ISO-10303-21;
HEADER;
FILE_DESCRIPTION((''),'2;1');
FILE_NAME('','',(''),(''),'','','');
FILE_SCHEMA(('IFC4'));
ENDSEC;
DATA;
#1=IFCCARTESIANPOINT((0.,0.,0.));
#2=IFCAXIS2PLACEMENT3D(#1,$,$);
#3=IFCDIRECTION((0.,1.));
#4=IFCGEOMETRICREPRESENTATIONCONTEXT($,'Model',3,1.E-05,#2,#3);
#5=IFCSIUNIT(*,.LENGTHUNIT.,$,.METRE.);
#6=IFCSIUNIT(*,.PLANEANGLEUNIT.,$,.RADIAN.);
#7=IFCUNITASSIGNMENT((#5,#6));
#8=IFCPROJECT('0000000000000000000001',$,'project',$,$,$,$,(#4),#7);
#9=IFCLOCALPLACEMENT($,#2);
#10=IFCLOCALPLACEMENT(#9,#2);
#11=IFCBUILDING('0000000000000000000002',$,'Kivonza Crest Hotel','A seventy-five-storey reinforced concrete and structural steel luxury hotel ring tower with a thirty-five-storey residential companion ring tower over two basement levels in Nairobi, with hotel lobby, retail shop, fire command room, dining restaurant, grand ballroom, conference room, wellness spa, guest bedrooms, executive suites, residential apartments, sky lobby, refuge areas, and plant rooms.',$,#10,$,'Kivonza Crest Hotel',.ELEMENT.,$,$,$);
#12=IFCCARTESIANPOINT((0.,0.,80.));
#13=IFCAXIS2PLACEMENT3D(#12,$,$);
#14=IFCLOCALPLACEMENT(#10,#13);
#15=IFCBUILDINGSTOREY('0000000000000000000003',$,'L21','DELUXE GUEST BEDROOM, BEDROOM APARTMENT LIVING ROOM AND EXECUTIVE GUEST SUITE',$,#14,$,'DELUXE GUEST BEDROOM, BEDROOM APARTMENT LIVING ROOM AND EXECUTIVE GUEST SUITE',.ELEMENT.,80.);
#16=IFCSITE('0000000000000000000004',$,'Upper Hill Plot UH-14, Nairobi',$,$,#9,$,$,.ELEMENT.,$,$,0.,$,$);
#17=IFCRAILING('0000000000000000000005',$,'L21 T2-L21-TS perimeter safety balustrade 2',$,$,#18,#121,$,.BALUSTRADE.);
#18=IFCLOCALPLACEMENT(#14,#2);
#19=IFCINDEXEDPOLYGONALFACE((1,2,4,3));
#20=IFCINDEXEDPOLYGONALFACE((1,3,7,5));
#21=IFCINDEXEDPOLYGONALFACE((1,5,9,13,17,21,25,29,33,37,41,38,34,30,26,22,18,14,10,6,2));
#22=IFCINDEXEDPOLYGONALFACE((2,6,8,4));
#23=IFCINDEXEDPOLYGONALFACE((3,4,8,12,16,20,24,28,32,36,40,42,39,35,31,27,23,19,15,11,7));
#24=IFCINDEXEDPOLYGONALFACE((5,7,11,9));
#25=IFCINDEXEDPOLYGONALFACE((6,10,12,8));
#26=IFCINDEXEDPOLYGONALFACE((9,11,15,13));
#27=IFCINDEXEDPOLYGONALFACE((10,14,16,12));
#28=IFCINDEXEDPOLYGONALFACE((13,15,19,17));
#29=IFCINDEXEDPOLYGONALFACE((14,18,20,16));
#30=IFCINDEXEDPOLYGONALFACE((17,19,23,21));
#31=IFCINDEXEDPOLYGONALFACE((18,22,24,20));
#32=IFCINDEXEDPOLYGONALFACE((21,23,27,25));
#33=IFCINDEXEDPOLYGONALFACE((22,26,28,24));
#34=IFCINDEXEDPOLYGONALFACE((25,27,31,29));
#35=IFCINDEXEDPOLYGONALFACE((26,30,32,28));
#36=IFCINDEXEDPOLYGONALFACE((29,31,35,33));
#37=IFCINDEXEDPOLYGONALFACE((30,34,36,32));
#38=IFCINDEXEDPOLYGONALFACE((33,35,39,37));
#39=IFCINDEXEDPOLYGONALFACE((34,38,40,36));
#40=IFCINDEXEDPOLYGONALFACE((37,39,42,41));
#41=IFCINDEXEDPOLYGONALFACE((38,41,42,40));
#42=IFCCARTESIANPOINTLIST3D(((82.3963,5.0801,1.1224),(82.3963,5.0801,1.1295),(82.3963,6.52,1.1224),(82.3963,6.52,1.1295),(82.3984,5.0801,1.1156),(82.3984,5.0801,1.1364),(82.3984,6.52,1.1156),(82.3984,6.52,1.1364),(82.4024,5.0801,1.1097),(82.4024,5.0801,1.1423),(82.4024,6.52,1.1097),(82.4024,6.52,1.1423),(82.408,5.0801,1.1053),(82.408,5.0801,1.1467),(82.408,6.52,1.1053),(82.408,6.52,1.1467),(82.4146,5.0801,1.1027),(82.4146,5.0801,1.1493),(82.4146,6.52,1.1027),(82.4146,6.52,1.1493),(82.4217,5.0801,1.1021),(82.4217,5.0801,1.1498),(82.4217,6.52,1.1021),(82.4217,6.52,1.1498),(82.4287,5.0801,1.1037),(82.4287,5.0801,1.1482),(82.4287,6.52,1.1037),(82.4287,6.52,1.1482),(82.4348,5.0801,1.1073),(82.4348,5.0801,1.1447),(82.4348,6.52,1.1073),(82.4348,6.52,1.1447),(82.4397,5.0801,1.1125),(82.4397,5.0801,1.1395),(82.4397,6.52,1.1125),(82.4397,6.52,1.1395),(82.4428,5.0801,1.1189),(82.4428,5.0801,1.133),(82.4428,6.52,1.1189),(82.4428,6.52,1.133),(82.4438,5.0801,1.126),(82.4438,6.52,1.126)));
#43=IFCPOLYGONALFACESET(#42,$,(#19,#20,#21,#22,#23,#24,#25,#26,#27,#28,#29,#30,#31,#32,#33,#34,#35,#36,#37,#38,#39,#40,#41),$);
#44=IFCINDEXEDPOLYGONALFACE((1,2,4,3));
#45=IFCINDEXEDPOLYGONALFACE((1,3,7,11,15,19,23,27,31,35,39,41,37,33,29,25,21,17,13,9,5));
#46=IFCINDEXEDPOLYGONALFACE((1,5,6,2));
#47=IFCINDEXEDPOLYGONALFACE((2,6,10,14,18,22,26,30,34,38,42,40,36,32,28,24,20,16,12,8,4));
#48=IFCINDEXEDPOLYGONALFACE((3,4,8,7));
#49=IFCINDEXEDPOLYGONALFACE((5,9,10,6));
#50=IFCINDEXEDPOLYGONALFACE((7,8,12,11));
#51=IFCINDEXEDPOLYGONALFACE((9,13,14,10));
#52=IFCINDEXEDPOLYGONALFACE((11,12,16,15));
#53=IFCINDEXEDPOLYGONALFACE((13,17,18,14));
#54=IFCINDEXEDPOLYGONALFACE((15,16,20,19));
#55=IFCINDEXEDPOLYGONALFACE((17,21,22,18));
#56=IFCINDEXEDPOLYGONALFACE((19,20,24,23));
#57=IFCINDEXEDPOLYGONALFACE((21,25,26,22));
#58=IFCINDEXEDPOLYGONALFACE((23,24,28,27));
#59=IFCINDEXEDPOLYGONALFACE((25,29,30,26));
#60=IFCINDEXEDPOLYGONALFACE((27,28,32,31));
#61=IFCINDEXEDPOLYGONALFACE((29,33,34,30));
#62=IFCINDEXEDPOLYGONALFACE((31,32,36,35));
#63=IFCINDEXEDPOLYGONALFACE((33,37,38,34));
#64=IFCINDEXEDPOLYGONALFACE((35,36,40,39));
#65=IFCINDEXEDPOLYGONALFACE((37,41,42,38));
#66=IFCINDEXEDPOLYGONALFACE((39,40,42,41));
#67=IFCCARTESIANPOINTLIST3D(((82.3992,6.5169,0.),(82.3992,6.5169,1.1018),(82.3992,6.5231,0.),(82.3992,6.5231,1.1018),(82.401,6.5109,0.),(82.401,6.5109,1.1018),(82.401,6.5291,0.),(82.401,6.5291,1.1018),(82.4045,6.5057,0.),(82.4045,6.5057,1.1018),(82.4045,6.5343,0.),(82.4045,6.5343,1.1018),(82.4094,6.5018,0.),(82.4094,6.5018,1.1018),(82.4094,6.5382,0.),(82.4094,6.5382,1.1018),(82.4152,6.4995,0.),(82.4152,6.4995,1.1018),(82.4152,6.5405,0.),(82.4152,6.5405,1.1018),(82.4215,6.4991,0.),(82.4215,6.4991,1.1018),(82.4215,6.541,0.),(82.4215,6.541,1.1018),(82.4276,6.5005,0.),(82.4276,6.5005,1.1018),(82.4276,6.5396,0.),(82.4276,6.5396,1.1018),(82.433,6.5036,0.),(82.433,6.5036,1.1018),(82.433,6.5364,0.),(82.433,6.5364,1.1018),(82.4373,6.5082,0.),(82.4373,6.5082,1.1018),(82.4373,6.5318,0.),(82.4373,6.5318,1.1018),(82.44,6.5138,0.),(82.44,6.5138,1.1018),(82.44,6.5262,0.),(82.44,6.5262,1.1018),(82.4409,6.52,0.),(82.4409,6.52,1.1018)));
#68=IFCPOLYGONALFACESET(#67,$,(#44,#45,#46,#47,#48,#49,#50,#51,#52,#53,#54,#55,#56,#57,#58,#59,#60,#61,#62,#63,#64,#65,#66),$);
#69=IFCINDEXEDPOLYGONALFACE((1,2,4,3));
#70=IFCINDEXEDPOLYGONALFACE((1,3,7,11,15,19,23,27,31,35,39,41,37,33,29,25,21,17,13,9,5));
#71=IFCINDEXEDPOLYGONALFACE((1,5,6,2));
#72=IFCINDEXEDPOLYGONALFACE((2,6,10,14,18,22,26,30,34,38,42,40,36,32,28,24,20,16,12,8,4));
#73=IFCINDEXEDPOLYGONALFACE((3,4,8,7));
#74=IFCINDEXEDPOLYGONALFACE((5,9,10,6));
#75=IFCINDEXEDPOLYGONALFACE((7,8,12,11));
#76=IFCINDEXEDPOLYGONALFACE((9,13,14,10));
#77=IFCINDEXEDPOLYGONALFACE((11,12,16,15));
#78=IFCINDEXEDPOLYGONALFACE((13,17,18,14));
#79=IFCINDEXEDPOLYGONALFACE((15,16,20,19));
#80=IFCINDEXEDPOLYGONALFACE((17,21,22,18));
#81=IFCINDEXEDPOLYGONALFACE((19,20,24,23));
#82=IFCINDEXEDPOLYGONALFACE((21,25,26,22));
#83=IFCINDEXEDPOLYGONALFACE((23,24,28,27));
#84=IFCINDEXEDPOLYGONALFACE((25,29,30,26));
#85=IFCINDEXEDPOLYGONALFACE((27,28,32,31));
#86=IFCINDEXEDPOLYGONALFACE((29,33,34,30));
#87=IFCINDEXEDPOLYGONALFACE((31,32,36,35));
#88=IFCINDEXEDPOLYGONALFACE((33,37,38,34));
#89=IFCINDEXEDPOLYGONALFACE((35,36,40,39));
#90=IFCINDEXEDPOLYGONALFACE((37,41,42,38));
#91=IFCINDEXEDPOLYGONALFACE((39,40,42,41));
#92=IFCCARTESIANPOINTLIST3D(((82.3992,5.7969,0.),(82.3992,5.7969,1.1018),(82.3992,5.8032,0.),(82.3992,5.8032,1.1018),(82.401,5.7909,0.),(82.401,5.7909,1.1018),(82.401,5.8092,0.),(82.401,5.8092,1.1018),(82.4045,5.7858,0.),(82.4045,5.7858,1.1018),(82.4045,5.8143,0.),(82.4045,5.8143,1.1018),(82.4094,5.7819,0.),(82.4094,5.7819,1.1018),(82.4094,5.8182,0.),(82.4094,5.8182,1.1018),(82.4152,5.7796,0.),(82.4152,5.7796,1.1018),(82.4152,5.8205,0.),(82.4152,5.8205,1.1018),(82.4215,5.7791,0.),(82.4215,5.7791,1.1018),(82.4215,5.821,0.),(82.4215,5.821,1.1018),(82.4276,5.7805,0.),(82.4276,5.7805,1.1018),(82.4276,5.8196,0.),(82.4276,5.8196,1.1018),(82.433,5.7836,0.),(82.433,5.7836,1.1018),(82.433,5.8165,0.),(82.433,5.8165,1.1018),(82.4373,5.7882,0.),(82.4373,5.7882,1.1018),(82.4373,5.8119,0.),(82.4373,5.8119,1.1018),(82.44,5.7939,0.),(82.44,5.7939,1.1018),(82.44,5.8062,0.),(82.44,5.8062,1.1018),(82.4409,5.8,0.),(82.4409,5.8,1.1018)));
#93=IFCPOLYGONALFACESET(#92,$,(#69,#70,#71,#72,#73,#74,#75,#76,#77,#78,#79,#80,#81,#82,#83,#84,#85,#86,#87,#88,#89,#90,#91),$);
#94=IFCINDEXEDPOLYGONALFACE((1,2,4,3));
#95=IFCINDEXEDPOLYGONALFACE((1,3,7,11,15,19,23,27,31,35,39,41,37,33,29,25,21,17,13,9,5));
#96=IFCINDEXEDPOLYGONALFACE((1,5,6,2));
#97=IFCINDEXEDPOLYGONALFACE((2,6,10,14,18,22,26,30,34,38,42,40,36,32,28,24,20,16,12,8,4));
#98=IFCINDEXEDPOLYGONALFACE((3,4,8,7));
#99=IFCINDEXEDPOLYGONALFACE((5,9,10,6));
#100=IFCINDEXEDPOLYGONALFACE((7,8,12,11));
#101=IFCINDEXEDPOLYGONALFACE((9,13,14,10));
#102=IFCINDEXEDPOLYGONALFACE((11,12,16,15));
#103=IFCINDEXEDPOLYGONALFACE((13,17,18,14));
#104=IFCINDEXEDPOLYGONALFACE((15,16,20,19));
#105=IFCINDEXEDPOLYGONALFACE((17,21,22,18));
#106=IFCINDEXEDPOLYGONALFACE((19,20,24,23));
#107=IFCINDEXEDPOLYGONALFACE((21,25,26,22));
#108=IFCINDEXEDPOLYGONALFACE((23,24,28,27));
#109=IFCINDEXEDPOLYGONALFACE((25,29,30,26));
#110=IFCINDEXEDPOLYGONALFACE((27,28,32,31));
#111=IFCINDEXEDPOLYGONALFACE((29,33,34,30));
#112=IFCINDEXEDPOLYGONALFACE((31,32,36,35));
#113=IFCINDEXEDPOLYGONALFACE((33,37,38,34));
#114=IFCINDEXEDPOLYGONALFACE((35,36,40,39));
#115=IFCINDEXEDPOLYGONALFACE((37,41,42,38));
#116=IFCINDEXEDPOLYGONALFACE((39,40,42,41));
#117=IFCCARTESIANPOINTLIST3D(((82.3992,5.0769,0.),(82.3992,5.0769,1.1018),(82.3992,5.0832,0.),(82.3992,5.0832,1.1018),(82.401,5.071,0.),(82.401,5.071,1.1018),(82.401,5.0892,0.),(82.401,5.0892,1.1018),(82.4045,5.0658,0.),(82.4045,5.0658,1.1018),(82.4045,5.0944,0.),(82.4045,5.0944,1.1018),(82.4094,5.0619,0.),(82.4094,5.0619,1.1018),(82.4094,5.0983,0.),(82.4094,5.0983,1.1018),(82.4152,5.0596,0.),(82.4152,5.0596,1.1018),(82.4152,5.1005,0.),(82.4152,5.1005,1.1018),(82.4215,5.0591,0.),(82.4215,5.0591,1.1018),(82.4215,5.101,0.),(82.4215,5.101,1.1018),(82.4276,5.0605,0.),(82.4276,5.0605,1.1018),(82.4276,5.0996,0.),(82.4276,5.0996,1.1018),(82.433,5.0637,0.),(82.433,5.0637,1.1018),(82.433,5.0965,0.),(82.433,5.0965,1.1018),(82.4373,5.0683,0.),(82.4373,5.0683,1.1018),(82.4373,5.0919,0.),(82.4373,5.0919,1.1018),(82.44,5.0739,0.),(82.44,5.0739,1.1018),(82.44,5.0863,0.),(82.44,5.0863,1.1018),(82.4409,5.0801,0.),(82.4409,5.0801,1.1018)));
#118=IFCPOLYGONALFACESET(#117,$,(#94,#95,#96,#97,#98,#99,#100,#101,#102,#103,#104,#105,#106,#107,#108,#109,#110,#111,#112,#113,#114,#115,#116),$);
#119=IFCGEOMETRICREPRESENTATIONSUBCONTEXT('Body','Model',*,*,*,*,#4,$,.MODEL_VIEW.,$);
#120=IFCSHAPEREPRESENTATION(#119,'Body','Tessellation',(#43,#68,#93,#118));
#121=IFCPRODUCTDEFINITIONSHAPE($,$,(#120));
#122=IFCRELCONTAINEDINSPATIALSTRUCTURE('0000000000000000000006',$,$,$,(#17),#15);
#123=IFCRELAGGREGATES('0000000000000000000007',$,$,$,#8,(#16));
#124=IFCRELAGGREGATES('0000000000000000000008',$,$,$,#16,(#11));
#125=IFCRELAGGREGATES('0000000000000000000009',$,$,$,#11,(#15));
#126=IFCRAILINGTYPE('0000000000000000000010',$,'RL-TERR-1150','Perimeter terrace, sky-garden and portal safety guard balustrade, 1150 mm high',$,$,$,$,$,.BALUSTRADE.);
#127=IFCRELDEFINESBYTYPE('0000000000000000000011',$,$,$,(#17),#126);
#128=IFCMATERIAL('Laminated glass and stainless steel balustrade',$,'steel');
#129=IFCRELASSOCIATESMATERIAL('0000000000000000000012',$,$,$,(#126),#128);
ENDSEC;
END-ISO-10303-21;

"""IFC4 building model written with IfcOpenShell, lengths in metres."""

from ifc_helpers import new_model, si_unit, direction, frame, origin, origin_2d, place, context, subcontext, project, spatial, circle, extrude, material, type_object, element, save


model = new_model("IFC4")

# Units and contexts
model_context = context("Model", 3, precision=1e-05, world=origin(), true_north=direction((0.0, 1.0)))
body_context = subcontext(model_context, "Body", "Model", "MODEL_VIEW")
ifc_project = project(units=[si_unit("LENGTHUNIT", "METRE"), si_unit("PLANEANGLEUNIT", "RADIAN")], contexts=[model_context])

# Site, building, storey
site_placement = place(None, origin())
site = spatial("IfcSite", under=ifc_project, at=site_placement, Name="Upper Hill Plot UH-14, Nairobi", CompositionType="ELEMENT", RefElevation=0.0)
building_placement = place(site_placement, origin())
building = spatial("IfcBuilding", under=site, at=building_placement, Name="Kivonza Crest Hotel", Description="A seventy-five-storey reinforced concrete and structural steel luxury hotel ring tower with a thirty-five-storey residential companion ring tower over two basement levels in Nairobi, with hotel lobby, retail shop, fire command room, dining restaurant, grand ballroom, conference room, wellness spa, guest bedrooms, executive suites, residential apartments, sky lobby, refuge areas, and plant rooms.", LongName="Kivonza Crest Hotel", CompositionType="ELEMENT")
storey_placement = place(building_placement, frame((0.0, 0.0, 80.0)))
storey = spatial("IfcBuildingStorey", under=building, at=storey_placement, Name="L21", Description="DELUXE GUEST BEDROOM, BEDROOM APARTMENT LIVING ROOM AND EXECUTIVE GUEST SUITE", LongName="DELUXE GUEST BEDROOM, BEDROOM APARTMENT LIVING ROOM AND EXECUTIVE GUEST SUITE", CompositionType="ELEMENT", Elevation=80.0)

# Railing
ifc_material_1 = material(Name="Laminated glass and stainless steel balustrade", Category="steel")
railing_type = type_object("IfcRailingType", Name="RL-TERR-1150", Description="Perimeter terrace, sky-garden and portal safety guard balustrade, 1150 mm high", PredefinedType="BALUSTRADE", material=ifc_material_1)
railing_1_placement = place(storey_placement, frame((82.4199, 6.52, 0.0)))
element("IfcRailing", 1, at=railing_1_placement, inside=storey, type_object=railing_type, Name="L21 T2-L21-TS perimeter safety balustrade 2", PredefinedType="BALUSTRADE", context=body_context, shape_type="SweptSolid", body=[
    extrude(circle(Radius=0.0239, at=origin_2d()), frame((0.0, 0.0, 1.126), z_axis=(0.0, -1.0, 0.0), x_axis=(1.0, 0.0, 0.0)), (0.0, 0.0, 1.0), 1.4399),
    extrude(circle(Radius=0.021, at=origin_2d()), origin(), (0.0, 0.0, 1.0), 1.1018),
    extrude(circle(Radius=0.021, at=origin_2d()), frame((0.0, -0.72, 0.0)), (0.0, 0.0, 1.0), 1.1018),
    extrude(circle(Radius=0.021, at=origin_2d()), frame((0.0, -1.4399, 0.0)), (0.0, 0.0, 1.0), 1.1018),
])

save(model, "model.ifc")
